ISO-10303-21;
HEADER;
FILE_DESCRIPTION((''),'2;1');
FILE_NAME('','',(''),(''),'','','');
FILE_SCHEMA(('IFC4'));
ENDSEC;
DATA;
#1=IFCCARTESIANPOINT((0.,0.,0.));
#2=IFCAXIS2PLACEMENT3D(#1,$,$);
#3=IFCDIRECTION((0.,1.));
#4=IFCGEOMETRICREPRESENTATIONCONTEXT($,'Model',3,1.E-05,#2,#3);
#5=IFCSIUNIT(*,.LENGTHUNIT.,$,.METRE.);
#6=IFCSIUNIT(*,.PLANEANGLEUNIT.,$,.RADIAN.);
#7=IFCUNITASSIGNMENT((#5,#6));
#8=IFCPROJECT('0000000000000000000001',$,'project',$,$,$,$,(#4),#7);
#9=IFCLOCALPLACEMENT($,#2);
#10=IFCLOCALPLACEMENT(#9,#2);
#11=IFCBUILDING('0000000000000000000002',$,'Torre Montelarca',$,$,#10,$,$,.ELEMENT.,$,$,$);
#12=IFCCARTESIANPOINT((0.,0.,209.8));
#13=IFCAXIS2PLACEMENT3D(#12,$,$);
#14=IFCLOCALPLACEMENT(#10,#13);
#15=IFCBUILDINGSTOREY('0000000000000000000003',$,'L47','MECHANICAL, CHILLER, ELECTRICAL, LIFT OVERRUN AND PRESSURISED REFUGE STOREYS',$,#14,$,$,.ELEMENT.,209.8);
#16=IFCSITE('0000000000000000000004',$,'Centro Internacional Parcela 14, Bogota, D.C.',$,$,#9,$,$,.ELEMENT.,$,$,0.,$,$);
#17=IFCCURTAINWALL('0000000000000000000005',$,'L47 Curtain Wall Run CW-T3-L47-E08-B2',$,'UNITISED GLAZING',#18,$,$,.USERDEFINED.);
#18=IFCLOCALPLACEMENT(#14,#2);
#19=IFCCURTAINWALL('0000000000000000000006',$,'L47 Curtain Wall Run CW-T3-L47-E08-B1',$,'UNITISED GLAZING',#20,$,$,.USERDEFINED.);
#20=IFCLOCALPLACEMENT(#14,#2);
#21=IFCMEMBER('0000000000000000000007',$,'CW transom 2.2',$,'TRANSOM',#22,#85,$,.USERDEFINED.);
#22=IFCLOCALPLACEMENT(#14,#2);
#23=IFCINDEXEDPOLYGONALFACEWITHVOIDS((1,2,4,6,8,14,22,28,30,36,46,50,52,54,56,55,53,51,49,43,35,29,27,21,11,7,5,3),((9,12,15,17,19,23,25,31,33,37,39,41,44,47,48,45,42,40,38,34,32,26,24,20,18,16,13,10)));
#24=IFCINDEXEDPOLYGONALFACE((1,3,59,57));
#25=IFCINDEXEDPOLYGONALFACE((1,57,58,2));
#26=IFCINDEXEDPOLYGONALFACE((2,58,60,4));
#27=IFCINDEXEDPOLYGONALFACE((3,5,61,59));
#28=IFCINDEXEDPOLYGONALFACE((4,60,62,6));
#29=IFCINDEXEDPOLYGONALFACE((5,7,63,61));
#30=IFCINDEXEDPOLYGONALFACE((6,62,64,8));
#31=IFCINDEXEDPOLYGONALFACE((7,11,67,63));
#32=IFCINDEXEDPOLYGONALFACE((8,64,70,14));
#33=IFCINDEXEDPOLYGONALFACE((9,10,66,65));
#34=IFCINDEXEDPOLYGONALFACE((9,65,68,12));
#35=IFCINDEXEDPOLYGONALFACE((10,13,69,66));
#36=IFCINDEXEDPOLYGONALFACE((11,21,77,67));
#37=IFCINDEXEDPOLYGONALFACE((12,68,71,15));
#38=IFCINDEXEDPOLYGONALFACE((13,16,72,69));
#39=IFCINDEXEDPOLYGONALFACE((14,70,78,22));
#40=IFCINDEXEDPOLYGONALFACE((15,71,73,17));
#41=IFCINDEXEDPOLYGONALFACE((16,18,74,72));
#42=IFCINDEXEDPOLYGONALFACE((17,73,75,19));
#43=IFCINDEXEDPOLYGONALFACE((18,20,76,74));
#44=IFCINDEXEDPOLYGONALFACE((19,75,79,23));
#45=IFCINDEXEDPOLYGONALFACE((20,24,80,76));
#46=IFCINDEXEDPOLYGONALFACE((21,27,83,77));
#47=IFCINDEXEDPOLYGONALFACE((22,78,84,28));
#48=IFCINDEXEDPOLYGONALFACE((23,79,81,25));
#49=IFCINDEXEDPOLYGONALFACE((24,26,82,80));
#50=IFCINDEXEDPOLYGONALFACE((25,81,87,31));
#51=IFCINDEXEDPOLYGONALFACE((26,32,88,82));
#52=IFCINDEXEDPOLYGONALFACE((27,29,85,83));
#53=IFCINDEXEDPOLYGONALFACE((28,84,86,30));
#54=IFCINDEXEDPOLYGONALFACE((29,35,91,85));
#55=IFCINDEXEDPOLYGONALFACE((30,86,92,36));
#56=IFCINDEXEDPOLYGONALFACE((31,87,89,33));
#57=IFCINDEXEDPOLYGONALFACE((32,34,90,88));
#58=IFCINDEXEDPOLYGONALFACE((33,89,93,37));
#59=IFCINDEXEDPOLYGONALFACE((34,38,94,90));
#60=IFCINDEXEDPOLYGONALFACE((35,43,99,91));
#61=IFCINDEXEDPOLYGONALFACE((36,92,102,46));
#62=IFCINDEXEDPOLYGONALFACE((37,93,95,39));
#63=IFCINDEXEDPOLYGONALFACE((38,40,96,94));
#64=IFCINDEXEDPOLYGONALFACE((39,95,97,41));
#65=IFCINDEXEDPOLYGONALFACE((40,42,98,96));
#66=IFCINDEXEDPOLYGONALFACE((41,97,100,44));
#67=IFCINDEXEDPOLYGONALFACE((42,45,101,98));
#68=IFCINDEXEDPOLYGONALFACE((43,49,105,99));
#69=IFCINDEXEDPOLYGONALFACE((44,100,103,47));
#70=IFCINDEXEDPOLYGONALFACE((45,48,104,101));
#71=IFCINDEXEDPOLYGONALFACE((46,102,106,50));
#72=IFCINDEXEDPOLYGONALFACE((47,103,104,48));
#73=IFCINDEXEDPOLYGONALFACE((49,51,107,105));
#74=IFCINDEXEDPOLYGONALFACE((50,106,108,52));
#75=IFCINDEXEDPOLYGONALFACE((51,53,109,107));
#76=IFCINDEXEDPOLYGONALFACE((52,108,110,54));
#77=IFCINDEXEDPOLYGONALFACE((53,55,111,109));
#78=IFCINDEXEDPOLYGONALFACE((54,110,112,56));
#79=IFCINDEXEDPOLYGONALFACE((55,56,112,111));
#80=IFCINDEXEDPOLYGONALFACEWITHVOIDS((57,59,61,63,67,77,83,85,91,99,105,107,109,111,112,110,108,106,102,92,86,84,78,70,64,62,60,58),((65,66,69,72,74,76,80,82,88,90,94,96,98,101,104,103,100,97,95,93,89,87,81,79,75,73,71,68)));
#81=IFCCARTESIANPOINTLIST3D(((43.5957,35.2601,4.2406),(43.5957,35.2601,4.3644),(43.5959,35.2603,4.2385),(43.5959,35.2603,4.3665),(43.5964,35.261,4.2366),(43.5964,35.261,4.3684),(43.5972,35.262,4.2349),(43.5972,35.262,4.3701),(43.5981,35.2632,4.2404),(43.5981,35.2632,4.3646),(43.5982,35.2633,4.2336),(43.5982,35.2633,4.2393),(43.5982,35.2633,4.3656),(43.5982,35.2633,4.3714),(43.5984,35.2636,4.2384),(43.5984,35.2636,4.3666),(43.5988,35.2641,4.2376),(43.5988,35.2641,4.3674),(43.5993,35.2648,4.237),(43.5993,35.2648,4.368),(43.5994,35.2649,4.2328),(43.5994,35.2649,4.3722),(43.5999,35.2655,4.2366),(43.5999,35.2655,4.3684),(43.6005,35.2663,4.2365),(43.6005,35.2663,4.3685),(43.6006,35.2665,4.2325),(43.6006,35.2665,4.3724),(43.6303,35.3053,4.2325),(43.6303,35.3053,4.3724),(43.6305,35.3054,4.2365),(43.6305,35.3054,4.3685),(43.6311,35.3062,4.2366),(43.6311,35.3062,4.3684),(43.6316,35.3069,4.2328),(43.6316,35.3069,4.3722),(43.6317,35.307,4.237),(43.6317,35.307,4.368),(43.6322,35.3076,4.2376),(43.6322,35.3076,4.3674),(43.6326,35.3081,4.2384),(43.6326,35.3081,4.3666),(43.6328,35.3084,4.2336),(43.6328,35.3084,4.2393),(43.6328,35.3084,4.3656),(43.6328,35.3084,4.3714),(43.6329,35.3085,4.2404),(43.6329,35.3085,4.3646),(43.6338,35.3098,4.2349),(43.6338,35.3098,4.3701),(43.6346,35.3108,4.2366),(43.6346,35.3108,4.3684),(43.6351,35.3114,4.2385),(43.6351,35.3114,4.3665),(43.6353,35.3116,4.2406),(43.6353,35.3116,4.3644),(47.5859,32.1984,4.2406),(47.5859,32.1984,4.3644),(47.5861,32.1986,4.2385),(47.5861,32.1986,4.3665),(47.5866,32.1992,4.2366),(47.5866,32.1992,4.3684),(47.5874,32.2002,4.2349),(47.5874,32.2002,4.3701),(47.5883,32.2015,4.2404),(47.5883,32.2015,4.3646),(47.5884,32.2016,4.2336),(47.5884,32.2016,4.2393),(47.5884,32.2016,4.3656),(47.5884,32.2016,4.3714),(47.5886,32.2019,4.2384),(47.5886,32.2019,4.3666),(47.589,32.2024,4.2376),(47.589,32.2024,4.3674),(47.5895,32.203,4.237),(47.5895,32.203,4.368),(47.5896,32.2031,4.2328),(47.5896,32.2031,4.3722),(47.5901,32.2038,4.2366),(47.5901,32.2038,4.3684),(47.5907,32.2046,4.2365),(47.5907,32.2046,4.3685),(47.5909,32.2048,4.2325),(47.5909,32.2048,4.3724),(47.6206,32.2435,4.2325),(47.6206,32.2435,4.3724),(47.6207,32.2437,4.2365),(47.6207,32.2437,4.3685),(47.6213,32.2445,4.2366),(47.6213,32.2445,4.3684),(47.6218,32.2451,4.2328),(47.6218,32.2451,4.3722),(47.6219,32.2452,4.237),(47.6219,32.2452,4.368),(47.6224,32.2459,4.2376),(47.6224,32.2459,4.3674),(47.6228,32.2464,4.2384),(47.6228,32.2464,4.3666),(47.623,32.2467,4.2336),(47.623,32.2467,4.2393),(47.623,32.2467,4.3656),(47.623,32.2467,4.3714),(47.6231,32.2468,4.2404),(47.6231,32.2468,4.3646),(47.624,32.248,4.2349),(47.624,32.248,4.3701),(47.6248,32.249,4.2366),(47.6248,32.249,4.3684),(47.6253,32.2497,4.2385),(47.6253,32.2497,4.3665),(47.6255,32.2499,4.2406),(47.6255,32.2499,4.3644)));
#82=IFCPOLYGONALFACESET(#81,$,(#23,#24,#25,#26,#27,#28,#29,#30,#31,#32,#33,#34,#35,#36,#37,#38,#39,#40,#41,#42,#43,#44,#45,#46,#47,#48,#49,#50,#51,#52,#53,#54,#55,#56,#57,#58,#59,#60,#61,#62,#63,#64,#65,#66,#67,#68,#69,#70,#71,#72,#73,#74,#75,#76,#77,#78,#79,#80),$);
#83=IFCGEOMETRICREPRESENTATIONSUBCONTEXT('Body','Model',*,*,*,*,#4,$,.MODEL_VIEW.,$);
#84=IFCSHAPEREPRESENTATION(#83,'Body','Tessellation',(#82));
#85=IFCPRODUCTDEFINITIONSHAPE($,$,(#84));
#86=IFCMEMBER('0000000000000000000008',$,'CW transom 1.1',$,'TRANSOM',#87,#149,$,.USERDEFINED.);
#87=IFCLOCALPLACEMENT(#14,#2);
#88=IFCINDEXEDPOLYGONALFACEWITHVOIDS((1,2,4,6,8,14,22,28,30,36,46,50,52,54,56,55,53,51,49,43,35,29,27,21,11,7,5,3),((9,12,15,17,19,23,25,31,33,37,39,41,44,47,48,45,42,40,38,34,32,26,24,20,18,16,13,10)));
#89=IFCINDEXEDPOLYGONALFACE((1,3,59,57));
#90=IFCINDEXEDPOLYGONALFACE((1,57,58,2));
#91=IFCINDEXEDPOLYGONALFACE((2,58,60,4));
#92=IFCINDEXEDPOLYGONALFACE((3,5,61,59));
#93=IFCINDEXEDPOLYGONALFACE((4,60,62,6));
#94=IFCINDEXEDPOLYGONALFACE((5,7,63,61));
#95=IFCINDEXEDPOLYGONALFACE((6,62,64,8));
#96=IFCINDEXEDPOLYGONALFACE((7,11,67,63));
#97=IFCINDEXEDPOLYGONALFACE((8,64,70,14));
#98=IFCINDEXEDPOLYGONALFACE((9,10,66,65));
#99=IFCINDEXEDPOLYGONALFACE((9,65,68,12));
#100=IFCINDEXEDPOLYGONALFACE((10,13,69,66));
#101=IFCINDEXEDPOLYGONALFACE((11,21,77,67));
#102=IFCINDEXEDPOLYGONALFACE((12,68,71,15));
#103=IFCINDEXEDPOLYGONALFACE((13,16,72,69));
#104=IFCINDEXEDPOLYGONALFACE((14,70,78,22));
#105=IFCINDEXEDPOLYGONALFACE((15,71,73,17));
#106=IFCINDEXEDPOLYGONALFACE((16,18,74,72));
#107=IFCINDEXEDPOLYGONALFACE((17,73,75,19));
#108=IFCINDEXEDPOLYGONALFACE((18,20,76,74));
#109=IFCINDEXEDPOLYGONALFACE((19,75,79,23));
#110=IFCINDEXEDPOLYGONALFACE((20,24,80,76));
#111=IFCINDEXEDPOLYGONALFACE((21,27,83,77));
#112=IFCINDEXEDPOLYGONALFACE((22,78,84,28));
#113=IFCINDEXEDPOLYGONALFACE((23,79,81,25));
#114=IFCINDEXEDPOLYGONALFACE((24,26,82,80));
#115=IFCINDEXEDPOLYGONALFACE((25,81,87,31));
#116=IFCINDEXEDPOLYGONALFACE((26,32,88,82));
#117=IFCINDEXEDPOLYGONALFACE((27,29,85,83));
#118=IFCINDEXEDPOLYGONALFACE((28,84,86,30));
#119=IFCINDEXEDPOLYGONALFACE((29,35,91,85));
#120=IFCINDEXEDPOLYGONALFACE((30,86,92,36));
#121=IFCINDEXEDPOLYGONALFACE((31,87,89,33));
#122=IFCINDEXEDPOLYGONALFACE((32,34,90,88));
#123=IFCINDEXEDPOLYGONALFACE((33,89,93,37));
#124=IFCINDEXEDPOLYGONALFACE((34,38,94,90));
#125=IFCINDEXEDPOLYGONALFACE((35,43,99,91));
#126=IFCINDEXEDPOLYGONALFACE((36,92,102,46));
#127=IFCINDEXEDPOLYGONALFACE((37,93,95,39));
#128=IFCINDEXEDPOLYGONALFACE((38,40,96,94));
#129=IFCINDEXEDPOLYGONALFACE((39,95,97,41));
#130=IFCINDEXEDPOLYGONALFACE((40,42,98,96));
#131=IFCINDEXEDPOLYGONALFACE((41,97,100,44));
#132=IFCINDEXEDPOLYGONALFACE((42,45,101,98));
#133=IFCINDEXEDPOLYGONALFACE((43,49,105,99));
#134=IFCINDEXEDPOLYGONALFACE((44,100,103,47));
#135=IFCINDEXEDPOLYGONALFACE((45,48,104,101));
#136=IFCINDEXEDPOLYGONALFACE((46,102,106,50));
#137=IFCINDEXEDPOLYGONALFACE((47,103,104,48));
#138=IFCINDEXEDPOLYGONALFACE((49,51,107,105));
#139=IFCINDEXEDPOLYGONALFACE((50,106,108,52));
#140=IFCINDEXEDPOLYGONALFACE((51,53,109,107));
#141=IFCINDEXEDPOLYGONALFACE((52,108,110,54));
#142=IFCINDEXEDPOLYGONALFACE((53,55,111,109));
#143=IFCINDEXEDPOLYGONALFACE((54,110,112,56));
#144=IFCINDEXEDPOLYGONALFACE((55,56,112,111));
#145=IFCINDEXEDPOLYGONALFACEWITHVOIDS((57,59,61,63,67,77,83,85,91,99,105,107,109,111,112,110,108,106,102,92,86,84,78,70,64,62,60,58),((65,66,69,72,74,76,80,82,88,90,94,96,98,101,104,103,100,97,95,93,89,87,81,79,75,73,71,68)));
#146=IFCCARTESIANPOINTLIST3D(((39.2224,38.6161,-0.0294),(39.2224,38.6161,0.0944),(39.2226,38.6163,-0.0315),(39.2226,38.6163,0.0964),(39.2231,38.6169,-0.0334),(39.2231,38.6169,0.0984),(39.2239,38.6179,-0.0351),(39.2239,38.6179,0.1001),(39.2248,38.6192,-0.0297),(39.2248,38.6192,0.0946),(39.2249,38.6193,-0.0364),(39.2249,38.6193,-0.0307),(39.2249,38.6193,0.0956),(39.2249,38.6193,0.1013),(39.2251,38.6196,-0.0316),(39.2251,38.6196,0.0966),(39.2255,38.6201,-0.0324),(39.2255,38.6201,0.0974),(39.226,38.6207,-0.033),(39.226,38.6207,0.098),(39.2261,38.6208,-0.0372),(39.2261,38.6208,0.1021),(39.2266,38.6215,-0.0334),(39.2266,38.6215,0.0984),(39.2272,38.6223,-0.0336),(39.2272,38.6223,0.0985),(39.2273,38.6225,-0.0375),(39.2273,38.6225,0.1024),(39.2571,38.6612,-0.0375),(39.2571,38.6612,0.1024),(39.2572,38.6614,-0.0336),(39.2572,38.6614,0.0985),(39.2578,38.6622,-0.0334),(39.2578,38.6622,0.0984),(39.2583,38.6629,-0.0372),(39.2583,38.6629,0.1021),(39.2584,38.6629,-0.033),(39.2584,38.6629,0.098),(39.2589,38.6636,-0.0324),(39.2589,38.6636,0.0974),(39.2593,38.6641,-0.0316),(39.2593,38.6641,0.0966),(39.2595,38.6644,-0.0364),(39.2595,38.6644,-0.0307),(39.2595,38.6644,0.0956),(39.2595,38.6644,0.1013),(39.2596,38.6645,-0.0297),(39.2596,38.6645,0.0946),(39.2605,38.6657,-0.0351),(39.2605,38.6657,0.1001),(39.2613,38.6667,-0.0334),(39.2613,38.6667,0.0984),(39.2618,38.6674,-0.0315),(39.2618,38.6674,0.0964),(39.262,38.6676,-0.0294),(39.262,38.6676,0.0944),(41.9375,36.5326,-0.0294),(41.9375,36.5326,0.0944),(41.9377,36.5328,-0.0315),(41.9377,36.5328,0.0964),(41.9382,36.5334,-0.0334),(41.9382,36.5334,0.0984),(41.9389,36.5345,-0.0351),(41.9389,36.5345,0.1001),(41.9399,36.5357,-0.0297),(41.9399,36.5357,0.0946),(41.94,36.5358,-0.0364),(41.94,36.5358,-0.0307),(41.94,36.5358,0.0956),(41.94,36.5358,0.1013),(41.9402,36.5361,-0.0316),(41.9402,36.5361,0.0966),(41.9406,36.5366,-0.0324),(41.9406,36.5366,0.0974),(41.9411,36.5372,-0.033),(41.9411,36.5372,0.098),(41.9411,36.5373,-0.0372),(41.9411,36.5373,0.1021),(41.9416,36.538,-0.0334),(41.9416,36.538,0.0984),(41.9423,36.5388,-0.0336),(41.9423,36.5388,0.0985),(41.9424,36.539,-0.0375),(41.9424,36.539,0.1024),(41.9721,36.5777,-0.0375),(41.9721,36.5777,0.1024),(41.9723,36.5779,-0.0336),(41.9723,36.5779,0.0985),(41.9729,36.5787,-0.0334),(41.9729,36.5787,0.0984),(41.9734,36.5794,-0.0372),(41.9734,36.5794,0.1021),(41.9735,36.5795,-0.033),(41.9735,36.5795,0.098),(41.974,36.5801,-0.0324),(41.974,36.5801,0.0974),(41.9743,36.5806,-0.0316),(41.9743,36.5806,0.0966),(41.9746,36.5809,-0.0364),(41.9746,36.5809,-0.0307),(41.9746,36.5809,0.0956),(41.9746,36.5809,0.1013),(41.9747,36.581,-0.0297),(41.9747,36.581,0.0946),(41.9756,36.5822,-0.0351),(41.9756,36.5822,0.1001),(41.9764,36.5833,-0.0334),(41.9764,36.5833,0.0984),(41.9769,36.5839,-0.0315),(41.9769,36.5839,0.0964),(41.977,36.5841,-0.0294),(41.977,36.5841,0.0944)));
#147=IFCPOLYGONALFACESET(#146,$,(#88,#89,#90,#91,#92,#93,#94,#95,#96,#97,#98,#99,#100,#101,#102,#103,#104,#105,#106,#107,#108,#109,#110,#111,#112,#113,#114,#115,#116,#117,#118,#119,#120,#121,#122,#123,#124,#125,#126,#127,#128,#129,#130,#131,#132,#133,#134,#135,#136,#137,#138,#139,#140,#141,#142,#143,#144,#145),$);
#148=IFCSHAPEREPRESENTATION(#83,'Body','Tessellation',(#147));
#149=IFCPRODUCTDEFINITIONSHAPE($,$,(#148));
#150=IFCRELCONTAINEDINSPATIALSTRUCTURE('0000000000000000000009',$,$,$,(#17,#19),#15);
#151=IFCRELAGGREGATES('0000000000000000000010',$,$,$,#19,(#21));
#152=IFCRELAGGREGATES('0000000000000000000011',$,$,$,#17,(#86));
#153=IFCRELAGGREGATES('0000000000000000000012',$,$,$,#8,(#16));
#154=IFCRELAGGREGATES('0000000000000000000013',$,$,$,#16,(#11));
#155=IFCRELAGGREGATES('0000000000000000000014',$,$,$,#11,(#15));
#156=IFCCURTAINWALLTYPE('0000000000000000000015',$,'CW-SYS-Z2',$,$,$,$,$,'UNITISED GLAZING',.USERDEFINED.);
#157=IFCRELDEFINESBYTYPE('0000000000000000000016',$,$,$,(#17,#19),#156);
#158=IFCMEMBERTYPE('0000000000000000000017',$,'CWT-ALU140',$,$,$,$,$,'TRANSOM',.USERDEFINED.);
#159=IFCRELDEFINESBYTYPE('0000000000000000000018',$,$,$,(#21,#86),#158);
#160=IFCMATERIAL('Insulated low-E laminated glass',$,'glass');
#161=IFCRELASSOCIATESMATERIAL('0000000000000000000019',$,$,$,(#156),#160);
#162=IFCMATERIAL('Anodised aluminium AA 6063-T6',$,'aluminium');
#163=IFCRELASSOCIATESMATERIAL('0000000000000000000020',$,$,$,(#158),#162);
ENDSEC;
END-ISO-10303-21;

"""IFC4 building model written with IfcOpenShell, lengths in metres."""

from ifc_helpers import new_model, si_unit, direction, frame, origin, origin_2d, place, context, subcontext, project, spatial, hollow_rectangle, extrude, source, transform, mapped, material, material_profile, profile_set, type_object, element, aggregate, save


model = new_model("IFC4")

# Units and contexts
model_context = context("Model", 3, precision=1e-05, world=origin(), true_north=direction((0.0, 1.0)))
body_context = subcontext(model_context, "Body", "Model", "MODEL_VIEW")
ifc_project = project(units=[si_unit("LENGTHUNIT", "METRE"), si_unit("PLANEANGLEUNIT", "RADIAN")], contexts=[model_context])

# Site, building, storey
site_placement = place(None, origin())
site = spatial("IfcSite", under=ifc_project, at=site_placement, Name="Centro Internacional Parcela 14, Bogota, D.C.", CompositionType="ELEMENT", RefElevation=0.0)
building_placement = place(site_placement, origin())
building = spatial("IfcBuilding", under=site, at=building_placement, Name="Torre Montelarca", CompositionType="ELEMENT")
storey_placement = place(building_placement, frame((0.0, 0.0, 209.8)))
storey = spatial("IfcBuildingStorey", under=building, at=storey_placement, Name="L47", Description="MECHANICAL, CHILLER, ELECTRICAL, LIFT OVERRUN AND PRESSURISED REFUGE STOREYS", CompositionType="ELEMENT", Elevation=209.8)

# Curtain walls, member
ifc_material_1 = material(Name="Insulated low-E laminated glass", Category="glass")
curtain_wall_type = type_object("IfcCurtainWallType", Name="CW-SYS-Z2", ElementType="UNITISED GLAZING", PredefinedType="USERDEFINED", material=ifc_material_1)
ifc_material_2 = material(Name="Anodised aluminium AA 6063-T6", Category="aluminium")
ifc_material_profile_1 = material_profile(ifc_material_2, hollow_rectangle(XDim=0.0649, YDim=0.1399, WallThickness=0.0039, InnerFilletRadius=0.0039, OuterFilletRadius=0.0081, at=origin_2d()), Name="ALU65X140X4", Category="aluminium")
ifc_profile_set_1 = profile_set([ifc_material_profile_1], Name="Anodised aluminium AA 6063-T6")
member_type_1 = type_object("IfcMemberType", Name="CWT-ALU140", ElementType="TRANSOM", PredefinedType="USERDEFINED", material=ifc_profile_set_1)
curtain_wall_1_placement = place(storey_placement, origin())
curtain_wall_1 = element("IfcCurtainWall", 1, at=curtain_wall_1_placement, inside=storey, type_object=curtain_wall_type, Name="L47 Curtain Wall Run CW-T3-L47-E08-B2", ObjectType="UNITISED GLAZING", PredefinedType="USERDEFINED")
curtain_wall_2_placement = place(storey_placement, origin())
curtain_wall_2 = element("IfcCurtainWall", 2, at=curtain_wall_2_placement, inside=storey, type_object=curtain_wall_type, Name="L47 Curtain Wall Run CW-T3-L47-E08-B1", ObjectType="UNITISED GLAZING", PredefinedType="USERDEFINED")
shared_shape_1 = source(origin(), body_context, "Body", "SweptSolid", [
    extrude(hollow_rectangle(XDim=0.0649, YDim=0.1399, WallThickness=0.0039, InnerFilletRadius=0.0039, OuterFilletRadius=0.0081, at=origin_2d()), origin(), (0.0, 0.0, 1.0), 5.0295),
])
member_1_placement = place(storey_placement, frame((47.6057, 32.2241, 4.3025), z_axis=(-0.793358, 0.608756, 0.0), x_axis=(-0.608756, -0.793358, 0.0)))
member_1 = element("IfcMember", 3, at=member_1_placement, type_object=member_type_1, Name="CW transom 2.2", ObjectType="TRANSOM", PredefinedType="USERDEFINED", context=body_context, shape_type="MappedRepresentation", body=[
    mapped(shared_shape_1, transform((0.0, 0.0, 0.0), scale=1.0)),
])

# Member
shared_shape_2 = source(origin(), body_context, "Body", "SweptSolid", [
    extrude(hollow_rectangle(XDim=0.0649, YDim=0.1399, WallThickness=0.0039, InnerFilletRadius=0.0039, OuterFilletRadius=0.0081, at=origin_2d()), origin(), (0.0, 0.0, 1.0), 3.4224),
])
member_2_placement = place(storey_placement, frame((41.9573, 36.5583, 0.0325), z_axis=(-0.793334, 0.608786, 0.0), x_axis=(-0.608786, -0.793334, 0.0)))
member_2 = element("IfcMember", 4, at=member_2_placement, type_object=member_type_1, Name="CW transom 1.1", ObjectType="TRANSOM", PredefinedType="USERDEFINED", context=body_context, shape_type="MappedRepresentation", body=[
    mapped(shared_shape_2, transform((0.0, 0.0, 0.0), scale=1.0)),
])

aggregate(curtain_wall_2, [member_1])
aggregate(curtain_wall_1, [member_2])

save(model, "model.ifc")
